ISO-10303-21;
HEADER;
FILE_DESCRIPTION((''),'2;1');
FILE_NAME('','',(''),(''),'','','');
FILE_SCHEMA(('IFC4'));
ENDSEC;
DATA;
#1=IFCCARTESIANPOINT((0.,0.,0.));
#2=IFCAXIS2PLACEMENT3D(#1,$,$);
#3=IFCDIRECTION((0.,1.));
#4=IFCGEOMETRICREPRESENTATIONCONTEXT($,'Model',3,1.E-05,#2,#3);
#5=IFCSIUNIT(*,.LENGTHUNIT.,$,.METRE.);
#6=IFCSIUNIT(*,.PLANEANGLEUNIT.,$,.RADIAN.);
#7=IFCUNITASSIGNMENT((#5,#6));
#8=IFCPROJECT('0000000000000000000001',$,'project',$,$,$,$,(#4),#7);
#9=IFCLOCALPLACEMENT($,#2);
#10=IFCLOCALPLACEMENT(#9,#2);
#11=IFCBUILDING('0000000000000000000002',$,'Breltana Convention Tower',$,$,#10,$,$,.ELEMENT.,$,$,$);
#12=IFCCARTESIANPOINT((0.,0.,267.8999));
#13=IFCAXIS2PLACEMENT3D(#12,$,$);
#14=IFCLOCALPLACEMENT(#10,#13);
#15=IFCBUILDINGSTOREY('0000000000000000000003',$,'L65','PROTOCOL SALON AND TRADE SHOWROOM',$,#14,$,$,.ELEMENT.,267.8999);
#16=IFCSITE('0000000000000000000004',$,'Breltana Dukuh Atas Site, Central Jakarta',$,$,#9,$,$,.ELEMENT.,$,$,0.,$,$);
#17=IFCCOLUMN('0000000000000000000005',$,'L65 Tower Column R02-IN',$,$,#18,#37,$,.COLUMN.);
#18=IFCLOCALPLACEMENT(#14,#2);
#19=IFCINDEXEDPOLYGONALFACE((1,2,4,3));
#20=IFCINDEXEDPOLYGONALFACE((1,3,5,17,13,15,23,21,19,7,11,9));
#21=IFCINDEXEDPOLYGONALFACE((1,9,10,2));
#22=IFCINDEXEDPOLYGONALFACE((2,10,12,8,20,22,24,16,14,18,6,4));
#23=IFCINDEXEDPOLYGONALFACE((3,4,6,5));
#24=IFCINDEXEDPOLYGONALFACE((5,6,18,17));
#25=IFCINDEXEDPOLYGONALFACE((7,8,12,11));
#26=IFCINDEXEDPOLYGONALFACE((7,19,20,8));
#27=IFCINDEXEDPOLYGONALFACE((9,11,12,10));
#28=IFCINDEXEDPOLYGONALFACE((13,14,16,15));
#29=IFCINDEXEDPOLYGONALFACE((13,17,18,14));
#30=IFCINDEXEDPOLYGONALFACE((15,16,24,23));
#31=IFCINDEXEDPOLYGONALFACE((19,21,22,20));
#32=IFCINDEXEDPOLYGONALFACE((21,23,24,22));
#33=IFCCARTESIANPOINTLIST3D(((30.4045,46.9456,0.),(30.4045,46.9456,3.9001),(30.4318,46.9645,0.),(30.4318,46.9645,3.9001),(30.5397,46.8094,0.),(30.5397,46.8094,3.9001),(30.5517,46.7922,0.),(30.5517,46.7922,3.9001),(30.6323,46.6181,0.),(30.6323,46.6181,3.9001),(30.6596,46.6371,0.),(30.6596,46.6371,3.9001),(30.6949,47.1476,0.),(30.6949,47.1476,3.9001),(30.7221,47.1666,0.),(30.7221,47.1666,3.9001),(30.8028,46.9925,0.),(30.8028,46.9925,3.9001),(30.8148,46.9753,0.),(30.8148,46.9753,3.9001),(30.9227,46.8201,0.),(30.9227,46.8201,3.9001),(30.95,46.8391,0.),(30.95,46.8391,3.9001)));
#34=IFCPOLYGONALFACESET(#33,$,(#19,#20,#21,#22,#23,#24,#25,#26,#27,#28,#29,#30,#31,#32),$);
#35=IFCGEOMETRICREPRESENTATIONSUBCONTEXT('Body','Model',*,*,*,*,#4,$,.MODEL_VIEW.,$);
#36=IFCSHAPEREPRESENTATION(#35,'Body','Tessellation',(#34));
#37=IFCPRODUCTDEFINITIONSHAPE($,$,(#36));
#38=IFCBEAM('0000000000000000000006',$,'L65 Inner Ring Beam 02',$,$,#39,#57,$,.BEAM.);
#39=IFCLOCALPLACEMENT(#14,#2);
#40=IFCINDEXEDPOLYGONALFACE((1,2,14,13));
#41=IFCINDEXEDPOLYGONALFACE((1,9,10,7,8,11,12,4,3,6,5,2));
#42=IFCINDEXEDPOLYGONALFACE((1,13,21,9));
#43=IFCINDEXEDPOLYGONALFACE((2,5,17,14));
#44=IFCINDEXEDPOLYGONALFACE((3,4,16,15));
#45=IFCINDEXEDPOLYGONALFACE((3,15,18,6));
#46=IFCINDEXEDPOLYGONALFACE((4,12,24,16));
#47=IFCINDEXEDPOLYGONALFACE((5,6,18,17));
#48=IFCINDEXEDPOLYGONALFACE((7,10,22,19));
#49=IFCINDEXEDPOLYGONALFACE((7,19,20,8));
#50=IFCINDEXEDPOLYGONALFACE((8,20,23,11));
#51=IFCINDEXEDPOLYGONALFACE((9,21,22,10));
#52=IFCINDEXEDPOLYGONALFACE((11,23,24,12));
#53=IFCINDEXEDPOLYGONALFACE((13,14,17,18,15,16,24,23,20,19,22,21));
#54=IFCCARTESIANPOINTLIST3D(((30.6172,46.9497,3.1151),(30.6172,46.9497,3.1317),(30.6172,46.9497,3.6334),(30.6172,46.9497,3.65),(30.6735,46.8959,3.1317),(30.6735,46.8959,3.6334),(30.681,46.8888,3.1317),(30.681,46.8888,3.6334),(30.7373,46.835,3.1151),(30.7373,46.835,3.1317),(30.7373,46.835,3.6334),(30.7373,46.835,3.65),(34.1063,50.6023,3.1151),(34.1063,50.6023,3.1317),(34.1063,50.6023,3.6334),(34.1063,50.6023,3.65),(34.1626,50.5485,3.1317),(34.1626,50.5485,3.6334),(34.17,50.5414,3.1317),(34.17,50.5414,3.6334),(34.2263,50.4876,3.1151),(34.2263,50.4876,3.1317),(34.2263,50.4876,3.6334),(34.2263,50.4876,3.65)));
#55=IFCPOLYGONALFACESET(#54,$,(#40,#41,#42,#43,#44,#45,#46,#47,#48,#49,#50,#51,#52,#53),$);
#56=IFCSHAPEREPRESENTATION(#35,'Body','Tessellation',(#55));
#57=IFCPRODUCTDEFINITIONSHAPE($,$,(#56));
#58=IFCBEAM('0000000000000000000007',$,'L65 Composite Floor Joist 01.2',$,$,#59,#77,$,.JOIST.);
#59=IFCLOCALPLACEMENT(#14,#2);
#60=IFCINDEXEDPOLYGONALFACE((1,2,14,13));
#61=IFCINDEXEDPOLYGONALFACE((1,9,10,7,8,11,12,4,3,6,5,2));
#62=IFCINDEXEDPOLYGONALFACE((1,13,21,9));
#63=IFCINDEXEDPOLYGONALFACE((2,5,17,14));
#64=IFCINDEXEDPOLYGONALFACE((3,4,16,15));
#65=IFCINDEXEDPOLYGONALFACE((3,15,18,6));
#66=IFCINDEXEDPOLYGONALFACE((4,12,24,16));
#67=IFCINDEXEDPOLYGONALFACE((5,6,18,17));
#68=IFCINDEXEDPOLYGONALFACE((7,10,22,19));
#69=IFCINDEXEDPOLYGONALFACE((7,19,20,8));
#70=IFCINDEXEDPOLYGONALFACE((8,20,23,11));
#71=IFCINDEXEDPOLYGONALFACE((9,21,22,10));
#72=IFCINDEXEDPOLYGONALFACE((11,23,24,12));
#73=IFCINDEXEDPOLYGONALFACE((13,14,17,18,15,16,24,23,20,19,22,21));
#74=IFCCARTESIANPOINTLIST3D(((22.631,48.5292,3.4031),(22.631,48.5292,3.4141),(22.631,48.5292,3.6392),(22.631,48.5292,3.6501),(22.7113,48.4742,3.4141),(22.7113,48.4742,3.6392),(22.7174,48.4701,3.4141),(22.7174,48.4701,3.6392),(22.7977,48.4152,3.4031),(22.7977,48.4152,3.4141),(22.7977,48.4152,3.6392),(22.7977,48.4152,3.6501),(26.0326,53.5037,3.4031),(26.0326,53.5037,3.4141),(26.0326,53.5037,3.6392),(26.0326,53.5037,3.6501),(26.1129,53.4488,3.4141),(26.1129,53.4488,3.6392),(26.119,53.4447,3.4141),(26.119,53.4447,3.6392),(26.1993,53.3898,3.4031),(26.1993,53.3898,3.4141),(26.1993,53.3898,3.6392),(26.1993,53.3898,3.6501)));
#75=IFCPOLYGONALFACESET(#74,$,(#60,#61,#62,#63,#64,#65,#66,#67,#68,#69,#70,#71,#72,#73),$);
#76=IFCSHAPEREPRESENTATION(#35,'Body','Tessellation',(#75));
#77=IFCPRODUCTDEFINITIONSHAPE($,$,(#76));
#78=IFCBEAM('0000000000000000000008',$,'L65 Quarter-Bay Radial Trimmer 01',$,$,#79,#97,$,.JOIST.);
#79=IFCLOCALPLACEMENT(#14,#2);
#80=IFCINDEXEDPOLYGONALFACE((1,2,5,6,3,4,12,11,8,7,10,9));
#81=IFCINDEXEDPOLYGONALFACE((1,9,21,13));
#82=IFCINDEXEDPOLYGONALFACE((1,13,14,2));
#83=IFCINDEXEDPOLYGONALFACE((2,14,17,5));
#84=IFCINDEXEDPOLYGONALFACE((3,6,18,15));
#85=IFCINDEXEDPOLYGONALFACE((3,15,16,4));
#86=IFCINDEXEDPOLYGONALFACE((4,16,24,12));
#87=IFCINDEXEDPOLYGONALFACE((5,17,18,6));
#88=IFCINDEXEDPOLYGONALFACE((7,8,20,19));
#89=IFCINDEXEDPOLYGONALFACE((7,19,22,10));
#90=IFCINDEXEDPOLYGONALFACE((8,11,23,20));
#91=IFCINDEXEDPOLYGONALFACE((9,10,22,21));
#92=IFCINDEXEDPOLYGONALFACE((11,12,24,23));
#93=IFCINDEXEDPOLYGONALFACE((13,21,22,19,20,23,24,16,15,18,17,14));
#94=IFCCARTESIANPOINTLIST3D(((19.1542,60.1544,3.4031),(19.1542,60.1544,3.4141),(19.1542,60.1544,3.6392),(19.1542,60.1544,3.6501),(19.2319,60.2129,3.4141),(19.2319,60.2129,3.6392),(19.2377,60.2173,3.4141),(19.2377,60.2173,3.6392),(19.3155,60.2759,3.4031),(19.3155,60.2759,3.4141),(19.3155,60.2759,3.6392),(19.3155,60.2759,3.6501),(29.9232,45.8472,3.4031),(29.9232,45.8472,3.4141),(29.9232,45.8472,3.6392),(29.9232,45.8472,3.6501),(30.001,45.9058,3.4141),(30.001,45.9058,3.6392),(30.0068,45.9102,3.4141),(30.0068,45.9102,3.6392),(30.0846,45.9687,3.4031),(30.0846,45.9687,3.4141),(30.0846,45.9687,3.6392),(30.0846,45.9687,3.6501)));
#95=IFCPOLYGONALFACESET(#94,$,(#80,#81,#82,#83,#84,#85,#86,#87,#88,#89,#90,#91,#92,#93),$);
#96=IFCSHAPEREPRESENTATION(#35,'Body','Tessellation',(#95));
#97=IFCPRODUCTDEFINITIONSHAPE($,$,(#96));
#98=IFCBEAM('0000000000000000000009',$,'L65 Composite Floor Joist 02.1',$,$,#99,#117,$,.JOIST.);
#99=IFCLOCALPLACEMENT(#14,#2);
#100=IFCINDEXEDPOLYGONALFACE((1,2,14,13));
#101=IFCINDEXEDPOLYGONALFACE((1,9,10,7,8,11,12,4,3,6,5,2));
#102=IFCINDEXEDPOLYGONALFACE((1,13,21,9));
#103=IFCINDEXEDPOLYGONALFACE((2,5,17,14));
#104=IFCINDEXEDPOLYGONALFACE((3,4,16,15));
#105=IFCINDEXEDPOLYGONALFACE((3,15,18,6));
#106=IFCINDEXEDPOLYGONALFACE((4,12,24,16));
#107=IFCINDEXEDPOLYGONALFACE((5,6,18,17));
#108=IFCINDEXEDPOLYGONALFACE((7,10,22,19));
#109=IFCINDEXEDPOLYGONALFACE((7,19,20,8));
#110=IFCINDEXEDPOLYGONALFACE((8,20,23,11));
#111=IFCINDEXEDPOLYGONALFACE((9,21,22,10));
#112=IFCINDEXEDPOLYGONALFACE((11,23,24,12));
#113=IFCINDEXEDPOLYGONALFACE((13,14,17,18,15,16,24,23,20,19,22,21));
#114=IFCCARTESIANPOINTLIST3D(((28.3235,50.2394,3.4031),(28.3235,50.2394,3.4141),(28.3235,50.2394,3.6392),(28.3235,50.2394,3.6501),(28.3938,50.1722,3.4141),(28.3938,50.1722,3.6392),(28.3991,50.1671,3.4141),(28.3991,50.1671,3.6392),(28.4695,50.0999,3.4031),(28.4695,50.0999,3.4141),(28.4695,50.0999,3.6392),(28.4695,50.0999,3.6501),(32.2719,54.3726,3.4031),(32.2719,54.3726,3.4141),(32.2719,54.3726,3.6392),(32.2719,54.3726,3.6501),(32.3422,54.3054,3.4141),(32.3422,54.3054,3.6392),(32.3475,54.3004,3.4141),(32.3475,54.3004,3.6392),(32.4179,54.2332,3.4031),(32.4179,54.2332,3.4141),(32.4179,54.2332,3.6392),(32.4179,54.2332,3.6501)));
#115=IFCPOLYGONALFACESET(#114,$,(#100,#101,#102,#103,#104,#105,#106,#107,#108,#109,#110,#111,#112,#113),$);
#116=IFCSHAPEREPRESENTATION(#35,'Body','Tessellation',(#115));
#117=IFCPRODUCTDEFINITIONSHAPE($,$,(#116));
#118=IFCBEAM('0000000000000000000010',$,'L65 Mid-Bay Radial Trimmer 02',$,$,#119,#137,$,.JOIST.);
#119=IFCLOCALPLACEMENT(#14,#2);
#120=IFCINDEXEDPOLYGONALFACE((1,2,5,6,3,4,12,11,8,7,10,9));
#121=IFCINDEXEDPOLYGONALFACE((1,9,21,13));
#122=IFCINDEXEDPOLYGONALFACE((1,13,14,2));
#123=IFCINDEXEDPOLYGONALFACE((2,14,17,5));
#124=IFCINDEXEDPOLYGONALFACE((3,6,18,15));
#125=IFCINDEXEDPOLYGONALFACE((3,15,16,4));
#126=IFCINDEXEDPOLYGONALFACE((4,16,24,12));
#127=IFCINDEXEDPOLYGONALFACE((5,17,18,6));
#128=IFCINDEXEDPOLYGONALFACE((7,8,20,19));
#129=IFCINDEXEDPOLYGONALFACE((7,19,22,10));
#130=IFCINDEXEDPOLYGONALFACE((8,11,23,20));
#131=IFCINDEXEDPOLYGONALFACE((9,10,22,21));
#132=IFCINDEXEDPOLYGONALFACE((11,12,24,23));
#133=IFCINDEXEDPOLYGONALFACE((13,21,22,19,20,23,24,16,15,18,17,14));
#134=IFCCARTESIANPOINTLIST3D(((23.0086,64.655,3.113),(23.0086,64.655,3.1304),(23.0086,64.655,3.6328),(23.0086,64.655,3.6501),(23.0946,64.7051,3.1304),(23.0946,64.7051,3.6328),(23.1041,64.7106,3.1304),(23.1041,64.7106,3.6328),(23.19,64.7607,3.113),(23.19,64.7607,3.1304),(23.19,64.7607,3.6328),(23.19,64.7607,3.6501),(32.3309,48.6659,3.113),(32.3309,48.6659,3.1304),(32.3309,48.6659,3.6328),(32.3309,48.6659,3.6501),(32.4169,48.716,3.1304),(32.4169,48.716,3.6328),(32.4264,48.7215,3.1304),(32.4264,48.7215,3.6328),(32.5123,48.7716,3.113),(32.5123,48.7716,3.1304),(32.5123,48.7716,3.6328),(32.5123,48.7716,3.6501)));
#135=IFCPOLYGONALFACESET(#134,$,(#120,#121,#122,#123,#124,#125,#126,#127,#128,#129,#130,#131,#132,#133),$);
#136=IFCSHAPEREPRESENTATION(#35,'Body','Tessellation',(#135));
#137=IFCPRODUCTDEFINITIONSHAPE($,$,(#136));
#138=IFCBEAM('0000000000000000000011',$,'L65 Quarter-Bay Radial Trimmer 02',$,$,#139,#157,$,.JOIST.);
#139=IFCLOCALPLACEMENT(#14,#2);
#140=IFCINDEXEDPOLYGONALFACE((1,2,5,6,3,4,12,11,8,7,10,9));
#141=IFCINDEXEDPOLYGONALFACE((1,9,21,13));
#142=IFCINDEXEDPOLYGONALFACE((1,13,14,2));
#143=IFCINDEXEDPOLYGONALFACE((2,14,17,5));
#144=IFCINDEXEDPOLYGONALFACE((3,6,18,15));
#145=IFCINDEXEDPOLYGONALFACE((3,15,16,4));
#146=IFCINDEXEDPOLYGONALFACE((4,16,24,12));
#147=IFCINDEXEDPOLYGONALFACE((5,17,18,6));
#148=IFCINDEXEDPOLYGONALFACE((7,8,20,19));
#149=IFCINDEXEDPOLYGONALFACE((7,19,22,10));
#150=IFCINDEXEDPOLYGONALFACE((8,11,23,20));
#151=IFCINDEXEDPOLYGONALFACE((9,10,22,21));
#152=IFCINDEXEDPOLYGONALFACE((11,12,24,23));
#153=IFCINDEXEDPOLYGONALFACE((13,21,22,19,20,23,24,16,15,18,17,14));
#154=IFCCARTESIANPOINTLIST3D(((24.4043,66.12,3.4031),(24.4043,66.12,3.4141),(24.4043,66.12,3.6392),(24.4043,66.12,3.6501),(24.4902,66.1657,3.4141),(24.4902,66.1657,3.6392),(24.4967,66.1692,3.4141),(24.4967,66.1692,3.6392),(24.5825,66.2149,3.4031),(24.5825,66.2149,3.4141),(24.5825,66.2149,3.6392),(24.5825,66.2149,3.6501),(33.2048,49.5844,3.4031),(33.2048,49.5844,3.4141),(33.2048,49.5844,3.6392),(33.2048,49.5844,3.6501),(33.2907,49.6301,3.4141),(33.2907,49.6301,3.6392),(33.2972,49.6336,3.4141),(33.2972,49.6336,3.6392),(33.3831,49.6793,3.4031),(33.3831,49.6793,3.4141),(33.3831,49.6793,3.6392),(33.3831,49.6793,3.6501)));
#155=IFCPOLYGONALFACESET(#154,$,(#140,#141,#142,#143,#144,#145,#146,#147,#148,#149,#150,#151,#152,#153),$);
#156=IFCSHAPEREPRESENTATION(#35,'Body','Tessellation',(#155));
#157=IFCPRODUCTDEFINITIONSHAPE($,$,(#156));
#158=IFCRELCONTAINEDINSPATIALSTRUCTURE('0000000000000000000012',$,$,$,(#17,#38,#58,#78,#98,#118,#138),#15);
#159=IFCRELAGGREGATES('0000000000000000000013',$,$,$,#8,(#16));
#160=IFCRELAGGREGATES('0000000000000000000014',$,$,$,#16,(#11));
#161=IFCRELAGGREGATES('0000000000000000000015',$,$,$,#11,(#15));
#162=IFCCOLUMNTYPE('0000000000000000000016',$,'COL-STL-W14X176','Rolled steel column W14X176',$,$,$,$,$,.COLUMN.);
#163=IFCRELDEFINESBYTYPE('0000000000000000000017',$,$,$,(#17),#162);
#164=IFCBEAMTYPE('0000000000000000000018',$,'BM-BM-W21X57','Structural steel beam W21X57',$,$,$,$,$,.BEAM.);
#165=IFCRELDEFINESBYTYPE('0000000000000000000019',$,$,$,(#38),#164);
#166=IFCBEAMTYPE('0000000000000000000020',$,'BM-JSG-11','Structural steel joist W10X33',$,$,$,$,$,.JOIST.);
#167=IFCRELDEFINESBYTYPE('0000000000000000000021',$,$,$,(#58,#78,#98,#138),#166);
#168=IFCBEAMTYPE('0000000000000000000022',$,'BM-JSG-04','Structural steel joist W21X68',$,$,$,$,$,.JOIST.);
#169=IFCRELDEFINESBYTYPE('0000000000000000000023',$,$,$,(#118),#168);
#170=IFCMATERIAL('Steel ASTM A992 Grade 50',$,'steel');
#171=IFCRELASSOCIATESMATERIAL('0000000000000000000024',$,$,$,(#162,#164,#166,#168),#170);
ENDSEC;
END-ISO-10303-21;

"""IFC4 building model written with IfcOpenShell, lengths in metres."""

from ifc_helpers import new_model, si_unit, direction, frame, origin, origin_2d, place, context, subcontext, project, spatial, i_section, extrude, source, transform, mapped, material, material_profile, profile_set, type_object, element, save


model = new_model("IFC4")

# Units and contexts
model_context = context("Model", 3, precision=1e-05, world=origin(), true_north=direction((0.0, 1.0)))
body_context = subcontext(model_context, "Body", "Model", "MODEL_VIEW")
ifc_project = project(units=[si_unit("LENGTHUNIT", "METRE"), si_unit("PLANEANGLEUNIT", "RADIAN")], contexts=[model_context])

# Site, building, storey
site_placement = place(None, origin())
site = spatial("IfcSite", under=ifc_project, at=site_placement, Name="Breltana Dukuh Atas Site, Central Jakarta", CompositionType="ELEMENT", RefElevation=0.0)
building_placement = place(site_placement, origin())
building = spatial("IfcBuilding", under=site, at=building_placement, Name="Breltana Convention Tower", CompositionType="ELEMENT")
storey_placement = place(building_placement, frame((0.0, 0.0, 267.8999)))
storey = spatial("IfcBuildingStorey", under=building, at=storey_placement, Name="L65", Description="PROTOCOL SALON AND TRADE SHOWROOM", CompositionType="ELEMENT", Elevation=267.8999)

# Column
ifc_material_1 = material(Name="Steel ASTM A992 Grade 50", Category="steel")
ifc_material_profile_1 = material_profile(ifc_material_1, i_section(OverallWidth=0.3989, OverallDepth=0.387, WebThickness=0.021, FlangeThickness=0.0332, at=origin_2d()), Name="W14X176")
ifc_profile_set_1 = profile_set([ifc_material_profile_1], Name="Steel ASTM A992 Grade 50")
column_type = type_object("IfcColumnType", Name="COL-STL-W14X176", Description="Rolled steel column W14X176", PredefinedType="COLUMN", material=ifc_profile_set_1)
shared_shape_1 = source(origin(), body_context, "Body", "SweptSolid", [
    extrude(i_section(OverallWidth=0.3989, OverallDepth=0.387, WebThickness=0.021, FlangeThickness=0.0332, at=origin_2d()), origin(), (0.0, 0.0, 1.0), 3.9001),
])
column_placement = place(storey_placement, frame((30.6772, 46.8923, 0.0), z_axis=(0.0, 0.0, 1.0), x_axis=(-0.571143, 0.82085, 0.0)))
element("IfcColumn", 1, at=column_placement, inside=storey, type_object=column_type, Name="L65 Tower Column R02-IN", PredefinedType="COLUMN", context=body_context, shape_type="MappedRepresentation", body=[
    mapped(shared_shape_1, transform((0.0, 0.0, 0.0), scale=1.0)),
])

# Beams
ifc_material_profile_2 = material_profile(ifc_material_1, i_section(OverallWidth=0.166, OverallDepth=0.5349, WebThickness=0.0103, FlangeThickness=0.0166, at=origin_2d()), Name="W21X57")
ifc_profile_set_2 = profile_set([ifc_material_profile_2], Name="Steel ASTM A992 Grade 50")
beam_type_1 = type_object("IfcBeamType", Name="BM-BM-W21X57", Description="Structural steel beam W21X57", PredefinedType="BEAM", material=ifc_profile_set_2)
shared_shape_2 = source(origin(), body_context, "Body", "SweptSolid", [
    extrude(i_section(OverallWidth=0.166, OverallDepth=0.5349, WebThickness=0.0103, FlangeThickness=0.0166, at=origin_2d()), origin(), (0.0, 0.0, 1.0), 5.0513),
])
beam_1_placement = place(storey_placement, frame((30.6772, 46.8923, 3.3826), z_axis=(0.69073, 0.723113, 0.0), x_axis=(-0.723113, 0.69073, 0.0)))
element("IfcBeam", 2, at=beam_1_placement, inside=storey, type_object=beam_type_1, Name="L65 Inner Ring Beam 02", PredefinedType="BEAM", context=body_context, shape_type="MappedRepresentation", body=[
    mapped(shared_shape_2, transform((0.0, 0.0, 0.0), scale=1.0)),
])
ifc_material_profile_3 = material_profile(ifc_material_1, i_section(OverallWidth=0.2019, OverallDepth=0.2471, WebThickness=0.0073, FlangeThickness=0.011, at=origin_2d()), Name="W10X33")
ifc_profile_set_3 = profile_set([ifc_material_profile_3], Name="Steel ASTM A992 Grade 50")
beam_type_2 = type_object("IfcBeamType", Name="BM-JSG-11", Description="Structural steel joist W10X33", PredefinedType="JOIST", material=ifc_profile_set_3)
shared_shape_3 = source(origin(), body_context, "Body", "SweptSolid", [
    extrude(i_section(OverallWidth=0.2019, OverallDepth=0.2471, WebThickness=0.0073, FlangeThickness=0.011, at=origin_2d()), origin(), (0.0, 0.0, 1.0), 6.0264),
])
beam_2_placement = place(storey_placement, frame((22.7144, 48.4722, 3.5266), z_axis=(0.56445, 0.825467, 0.0), x_axis=(-0.825467, 0.56445, 0.0)))
element("IfcBeam", 3, at=beam_2_placement, inside=storey, type_object=beam_type_2, Name="L65 Composite Floor Joist 01.2", PredefinedType="JOIST", context=body_context, shape_type="MappedRepresentation", body=[
    mapped(shared_shape_3, transform((0.0, 0.0, 0.0), scale=1.0)),
])
shared_shape_4 = source(origin(), body_context, "Body", "SweptSolid", [
    extrude(i_section(OverallWidth=0.2019, OverallDepth=0.2471, WebThickness=0.0073, FlangeThickness=0.011, at=origin_2d()), origin(), (0.0, 0.0, 1.0), 17.9072),
])
beam_3_placement = place(storey_placement, frame((30.0039, 45.908, 3.5266), z_axis=(-0.601382, 0.798962, 0.0), x_axis=(-0.798962, -0.601382, 0.0)))
element("IfcBeam", 4, at=beam_3_placement, inside=storey, type_object=beam_type_2, Name="L65 Quarter-Bay Radial Trimmer 01", PredefinedType="JOIST", context=body_context, shape_type="MappedRepresentation", body=[
    mapped(shared_shape_4, transform((0.0, 0.0, 0.0), scale=1.0)),
])
shared_shape_5 = source(origin(), body_context, "Body", "SweptSolid", [
    extrude(i_section(OverallWidth=0.2019, OverallDepth=0.2471, WebThickness=0.0073, FlangeThickness=0.011, at=origin_2d()), origin(), (0.0, 0.0, 1.0), 5.7161),
])
beam_4_placement = place(storey_placement, frame((28.3965, 50.1697, 3.5266), z_axis=(0.690756, 0.723088, 0.0), x_axis=(-0.723088, 0.690756, 0.0)))
element("IfcBeam", 5, at=beam_4_placement, inside=storey, type_object=beam_type_2, Name="L65 Composite Floor Joist 02.1", PredefinedType="JOIST", context=body_context, shape_type="MappedRepresentation", body=[
    mapped(shared_shape_5, transform((0.0, 0.0, 0.0), scale=1.0)),
])
ifc_material_profile_4 = material_profile(ifc_material_1, i_section(OverallWidth=0.21, OverallDepth=0.5371, WebThickness=0.011, FlangeThickness=0.0173, at=origin_2d()), Name="W21X68")
ifc_profile_set_4 = profile_set([ifc_material_profile_4], Name="Steel ASTM A992 Grade 50")
beam_type_3 = type_object("IfcBeamType", Name="BM-JSG-04", Description="Structural steel joist W21X68", PredefinedType="JOIST", material=ifc_profile_set_4)
shared_shape_6 = source(origin(), body_context, "Body", "SweptSolid", [
    extrude(i_section(OverallWidth=0.21, OverallDepth=0.5371, WebThickness=0.011, FlangeThickness=0.0173, at=origin_2d()), origin(), (0.0, 0.0, 1.0), 18.5083),
])
beam_5_placement = place(storey_placement, frame((32.4216, 48.7188, 3.3816), z_axis=(-0.503683, 0.863888, 0.0), x_axis=(-0.863888, -0.503683, 0.0)))
element("IfcBeam", 6, at=beam_5_placement, inside=storey, type_object=beam_type_3, Name="L65 Mid-Bay Radial Trimmer 02", PredefinedType="JOIST", context=body_context, shape_type="MappedRepresentation", body=[
    mapped(shared_shape_6, transform((0.0, 0.0, 0.0), scale=1.0)),
])
shared_shape_7 = source(origin(), body_context, "Body", "SweptSolid", [
    extrude(i_section(OverallWidth=0.2019, OverallDepth=0.2471, WebThickness=0.0073, FlangeThickness=0.011, at=origin_2d()), origin(), (0.0, 0.0, 1.0), 18.7317),
])
beam_6_placement = place(storey_placement, frame((33.2939, 49.6318, 3.5266), z_axis=(-0.46982, 0.882762, 0.0), x_axis=(-0.882762, -0.46982, 0.0)))
element("IfcBeam", 7, at=beam_6_placement, inside=storey, type_object=beam_type_2, Name="L65 Quarter-Bay Radial Trimmer 02", PredefinedType="JOIST", context=body_context, shape_type="MappedRepresentation", body=[
    mapped(shared_shape_7, transform((0.0, 0.0, 0.0), scale=1.0)),
])

save(model, "model.ifc")
